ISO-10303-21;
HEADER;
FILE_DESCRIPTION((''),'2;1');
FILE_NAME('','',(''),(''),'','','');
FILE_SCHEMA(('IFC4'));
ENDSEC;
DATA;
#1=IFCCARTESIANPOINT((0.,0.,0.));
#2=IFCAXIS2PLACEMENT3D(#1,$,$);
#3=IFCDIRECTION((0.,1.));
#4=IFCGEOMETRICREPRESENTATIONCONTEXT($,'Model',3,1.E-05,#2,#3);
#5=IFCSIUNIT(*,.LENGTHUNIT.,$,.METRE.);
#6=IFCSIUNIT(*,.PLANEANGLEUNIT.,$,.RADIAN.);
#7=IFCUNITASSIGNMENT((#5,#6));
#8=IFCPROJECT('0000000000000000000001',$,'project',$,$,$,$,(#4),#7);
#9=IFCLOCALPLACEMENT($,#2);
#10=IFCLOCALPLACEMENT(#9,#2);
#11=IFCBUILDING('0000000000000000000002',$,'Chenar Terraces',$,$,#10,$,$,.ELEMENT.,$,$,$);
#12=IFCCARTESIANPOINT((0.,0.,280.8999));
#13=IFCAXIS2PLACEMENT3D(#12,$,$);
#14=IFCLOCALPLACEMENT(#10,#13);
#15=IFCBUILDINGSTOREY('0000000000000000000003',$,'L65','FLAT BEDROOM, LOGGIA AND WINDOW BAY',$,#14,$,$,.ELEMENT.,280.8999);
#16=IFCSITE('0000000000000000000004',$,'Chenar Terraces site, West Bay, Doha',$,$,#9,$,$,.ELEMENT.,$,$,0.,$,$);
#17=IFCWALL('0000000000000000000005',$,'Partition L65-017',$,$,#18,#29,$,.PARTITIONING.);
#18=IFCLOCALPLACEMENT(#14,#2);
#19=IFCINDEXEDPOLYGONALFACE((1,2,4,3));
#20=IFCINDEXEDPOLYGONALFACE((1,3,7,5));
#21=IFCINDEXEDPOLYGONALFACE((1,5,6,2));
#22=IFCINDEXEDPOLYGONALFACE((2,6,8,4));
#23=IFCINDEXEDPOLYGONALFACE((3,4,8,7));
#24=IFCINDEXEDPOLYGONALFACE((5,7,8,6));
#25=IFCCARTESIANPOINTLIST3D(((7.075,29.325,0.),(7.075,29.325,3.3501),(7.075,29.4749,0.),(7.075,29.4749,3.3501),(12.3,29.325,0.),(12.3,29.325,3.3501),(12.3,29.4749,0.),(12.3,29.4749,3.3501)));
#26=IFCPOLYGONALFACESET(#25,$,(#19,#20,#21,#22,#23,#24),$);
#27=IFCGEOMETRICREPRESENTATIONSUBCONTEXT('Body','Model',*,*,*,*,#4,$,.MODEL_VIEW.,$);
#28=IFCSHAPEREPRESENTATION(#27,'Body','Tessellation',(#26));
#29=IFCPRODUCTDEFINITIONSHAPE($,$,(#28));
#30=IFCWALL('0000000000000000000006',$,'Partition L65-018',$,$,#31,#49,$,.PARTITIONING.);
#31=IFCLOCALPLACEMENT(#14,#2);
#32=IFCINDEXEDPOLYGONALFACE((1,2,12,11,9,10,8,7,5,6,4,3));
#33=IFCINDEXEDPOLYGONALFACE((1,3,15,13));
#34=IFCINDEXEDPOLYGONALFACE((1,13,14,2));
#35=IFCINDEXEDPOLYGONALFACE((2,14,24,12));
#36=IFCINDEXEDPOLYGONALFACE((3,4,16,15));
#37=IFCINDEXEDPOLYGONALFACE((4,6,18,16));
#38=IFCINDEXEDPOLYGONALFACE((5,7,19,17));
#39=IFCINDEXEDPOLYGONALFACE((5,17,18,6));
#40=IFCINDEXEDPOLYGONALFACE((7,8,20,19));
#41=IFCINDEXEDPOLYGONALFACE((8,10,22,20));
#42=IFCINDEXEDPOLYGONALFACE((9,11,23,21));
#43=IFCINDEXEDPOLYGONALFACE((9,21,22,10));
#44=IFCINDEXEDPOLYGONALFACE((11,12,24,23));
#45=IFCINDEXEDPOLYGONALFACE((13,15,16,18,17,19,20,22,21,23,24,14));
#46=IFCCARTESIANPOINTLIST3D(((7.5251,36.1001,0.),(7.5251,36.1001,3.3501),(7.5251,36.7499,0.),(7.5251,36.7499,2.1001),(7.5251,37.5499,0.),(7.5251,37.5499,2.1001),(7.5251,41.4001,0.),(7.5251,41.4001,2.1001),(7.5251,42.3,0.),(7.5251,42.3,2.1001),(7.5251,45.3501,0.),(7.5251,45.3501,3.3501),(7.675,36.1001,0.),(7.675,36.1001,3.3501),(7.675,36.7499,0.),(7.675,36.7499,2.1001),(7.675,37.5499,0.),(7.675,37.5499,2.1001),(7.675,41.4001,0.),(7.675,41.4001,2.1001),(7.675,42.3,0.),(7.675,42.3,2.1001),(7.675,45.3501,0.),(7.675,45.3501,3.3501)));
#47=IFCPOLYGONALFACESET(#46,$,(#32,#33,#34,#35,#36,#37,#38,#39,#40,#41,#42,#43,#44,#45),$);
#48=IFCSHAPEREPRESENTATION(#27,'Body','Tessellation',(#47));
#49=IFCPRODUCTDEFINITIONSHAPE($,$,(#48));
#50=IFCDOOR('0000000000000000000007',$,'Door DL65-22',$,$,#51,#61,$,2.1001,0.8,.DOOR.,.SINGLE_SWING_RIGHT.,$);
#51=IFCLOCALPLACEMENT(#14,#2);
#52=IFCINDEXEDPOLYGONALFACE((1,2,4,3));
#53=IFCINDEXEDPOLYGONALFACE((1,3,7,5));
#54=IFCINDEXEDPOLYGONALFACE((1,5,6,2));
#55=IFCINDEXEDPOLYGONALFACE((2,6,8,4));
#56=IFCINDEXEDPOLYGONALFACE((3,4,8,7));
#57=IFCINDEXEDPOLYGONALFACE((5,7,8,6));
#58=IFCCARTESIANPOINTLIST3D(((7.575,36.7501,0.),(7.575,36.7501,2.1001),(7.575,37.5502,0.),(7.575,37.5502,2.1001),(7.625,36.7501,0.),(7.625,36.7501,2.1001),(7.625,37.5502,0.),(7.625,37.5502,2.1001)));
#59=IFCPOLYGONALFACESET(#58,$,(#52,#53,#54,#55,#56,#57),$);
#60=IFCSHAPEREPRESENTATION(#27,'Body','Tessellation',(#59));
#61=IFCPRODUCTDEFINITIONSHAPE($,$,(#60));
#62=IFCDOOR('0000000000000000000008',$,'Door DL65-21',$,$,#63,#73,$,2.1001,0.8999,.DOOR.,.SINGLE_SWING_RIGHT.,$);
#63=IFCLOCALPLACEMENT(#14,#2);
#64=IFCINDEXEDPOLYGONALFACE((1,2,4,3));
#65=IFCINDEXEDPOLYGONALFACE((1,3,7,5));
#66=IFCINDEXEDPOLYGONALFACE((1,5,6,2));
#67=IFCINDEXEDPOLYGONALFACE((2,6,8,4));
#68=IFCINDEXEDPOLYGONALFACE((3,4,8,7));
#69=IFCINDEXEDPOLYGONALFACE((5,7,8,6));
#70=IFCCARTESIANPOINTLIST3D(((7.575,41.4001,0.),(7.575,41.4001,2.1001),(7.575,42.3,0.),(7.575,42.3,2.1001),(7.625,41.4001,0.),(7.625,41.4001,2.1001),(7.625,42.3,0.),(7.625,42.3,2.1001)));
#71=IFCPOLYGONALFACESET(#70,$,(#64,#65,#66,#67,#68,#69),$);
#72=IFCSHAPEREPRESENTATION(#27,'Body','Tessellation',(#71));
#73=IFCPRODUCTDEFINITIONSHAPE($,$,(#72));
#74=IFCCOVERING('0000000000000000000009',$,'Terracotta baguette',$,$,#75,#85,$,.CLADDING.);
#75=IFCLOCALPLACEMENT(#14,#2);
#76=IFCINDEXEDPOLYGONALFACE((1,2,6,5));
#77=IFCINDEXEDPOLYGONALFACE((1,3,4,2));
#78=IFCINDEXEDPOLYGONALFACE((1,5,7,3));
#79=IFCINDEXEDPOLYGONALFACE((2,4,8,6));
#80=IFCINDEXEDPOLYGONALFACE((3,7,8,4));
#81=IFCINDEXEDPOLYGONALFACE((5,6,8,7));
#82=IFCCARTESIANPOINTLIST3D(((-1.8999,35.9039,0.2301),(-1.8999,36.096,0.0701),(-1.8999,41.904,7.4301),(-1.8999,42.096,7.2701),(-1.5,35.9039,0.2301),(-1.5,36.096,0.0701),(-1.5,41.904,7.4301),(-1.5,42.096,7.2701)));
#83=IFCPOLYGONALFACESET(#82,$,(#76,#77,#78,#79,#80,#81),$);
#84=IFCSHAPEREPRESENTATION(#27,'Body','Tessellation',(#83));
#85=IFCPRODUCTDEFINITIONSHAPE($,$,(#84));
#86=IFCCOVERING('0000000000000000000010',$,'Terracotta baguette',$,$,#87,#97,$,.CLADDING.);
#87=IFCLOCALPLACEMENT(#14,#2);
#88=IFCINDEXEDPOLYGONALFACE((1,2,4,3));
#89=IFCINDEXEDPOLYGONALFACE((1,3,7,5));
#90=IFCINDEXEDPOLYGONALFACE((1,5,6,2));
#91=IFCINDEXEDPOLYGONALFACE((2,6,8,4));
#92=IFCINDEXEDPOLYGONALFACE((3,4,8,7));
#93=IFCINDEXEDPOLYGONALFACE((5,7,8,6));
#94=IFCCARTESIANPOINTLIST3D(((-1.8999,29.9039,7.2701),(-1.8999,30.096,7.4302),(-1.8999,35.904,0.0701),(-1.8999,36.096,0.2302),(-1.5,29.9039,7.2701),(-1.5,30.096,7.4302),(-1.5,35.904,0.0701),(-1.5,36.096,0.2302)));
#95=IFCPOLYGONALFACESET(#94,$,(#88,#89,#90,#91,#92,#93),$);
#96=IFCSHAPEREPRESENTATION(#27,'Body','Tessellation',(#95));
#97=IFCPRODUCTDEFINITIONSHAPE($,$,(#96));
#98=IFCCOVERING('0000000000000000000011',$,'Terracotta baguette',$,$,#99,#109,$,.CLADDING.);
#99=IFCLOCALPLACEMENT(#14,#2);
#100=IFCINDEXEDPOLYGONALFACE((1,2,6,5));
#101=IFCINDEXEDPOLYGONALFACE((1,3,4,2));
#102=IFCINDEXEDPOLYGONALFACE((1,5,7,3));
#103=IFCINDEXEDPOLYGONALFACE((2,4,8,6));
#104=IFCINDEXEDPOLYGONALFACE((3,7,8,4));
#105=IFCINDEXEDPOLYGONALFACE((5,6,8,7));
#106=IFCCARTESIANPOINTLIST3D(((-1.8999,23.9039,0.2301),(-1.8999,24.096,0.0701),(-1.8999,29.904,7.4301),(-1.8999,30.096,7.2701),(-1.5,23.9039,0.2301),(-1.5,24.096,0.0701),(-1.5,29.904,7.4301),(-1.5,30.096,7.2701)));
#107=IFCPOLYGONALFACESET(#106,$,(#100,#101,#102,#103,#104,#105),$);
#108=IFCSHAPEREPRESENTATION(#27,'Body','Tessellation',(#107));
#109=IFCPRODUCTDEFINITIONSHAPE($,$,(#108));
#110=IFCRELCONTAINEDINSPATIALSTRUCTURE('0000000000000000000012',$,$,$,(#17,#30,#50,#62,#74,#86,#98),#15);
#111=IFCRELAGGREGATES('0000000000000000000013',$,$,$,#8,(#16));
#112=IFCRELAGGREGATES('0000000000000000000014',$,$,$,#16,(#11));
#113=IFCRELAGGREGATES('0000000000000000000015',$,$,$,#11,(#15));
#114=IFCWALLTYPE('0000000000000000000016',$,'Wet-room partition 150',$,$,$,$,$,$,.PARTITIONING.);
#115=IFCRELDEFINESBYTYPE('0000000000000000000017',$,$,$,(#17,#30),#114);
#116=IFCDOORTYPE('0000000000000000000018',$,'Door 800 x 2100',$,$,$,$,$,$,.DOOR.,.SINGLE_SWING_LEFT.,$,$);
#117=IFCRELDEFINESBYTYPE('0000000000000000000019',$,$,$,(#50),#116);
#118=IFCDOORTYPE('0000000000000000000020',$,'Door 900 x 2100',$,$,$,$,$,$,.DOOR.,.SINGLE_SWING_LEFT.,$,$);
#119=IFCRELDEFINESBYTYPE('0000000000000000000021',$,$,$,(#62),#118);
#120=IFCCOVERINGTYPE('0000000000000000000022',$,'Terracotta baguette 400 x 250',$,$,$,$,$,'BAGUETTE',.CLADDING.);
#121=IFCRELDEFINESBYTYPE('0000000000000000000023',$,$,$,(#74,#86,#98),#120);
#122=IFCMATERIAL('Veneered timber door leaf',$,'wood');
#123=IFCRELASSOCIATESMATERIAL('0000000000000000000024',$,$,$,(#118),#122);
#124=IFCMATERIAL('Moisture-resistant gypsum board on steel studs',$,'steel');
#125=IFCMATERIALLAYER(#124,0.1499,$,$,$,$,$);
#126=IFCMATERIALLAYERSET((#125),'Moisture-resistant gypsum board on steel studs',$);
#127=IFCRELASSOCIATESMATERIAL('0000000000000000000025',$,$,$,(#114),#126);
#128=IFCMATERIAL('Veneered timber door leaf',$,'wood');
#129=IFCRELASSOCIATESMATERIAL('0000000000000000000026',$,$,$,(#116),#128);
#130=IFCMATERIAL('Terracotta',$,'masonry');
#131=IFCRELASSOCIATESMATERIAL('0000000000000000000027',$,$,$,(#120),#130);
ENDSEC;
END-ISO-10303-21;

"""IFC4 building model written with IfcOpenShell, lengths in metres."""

from ifc_helpers import new_model, si_unit, direction, frame, frame_2d, origin, origin_2d, place, context, subcontext, project, spatial, rectangle, extrude, material, layer, layer_set, material_profile, profile_set, type_object, element, fill, save


model = new_model("IFC4")

# Units and contexts
model_context = context("Model", 3, precision=1e-05, world=origin(), true_north=direction((0.0, 1.0)))
body_context = subcontext(model_context, "Body", "Model", "MODEL_VIEW")
ifc_project = project(units=[si_unit("LENGTHUNIT", "METRE"), si_unit("PLANEANGLEUNIT", "RADIAN")], contexts=[model_context])

# Site, building, storey
site_placement = place(None, origin())
site = spatial("IfcSite", under=ifc_project, at=site_placement, Name="Chenar Terraces site, West Bay, Doha", CompositionType="ELEMENT", RefElevation=0.0)
building_placement = place(site_placement, origin())
building = spatial("IfcBuilding", under=site, at=building_placement, Name="Chenar Terraces", CompositionType="ELEMENT")
storey_placement = place(building_placement, frame((0.0, 0.0, 280.8999)))
storey = spatial("IfcBuildingStorey", under=building, at=storey_placement, Name="L65", Description="FLAT BEDROOM, LOGGIA AND WINDOW BAY", CompositionType="ELEMENT", Elevation=280.8999)

# Shared definitions
ifc_material_1 = material(Name="Veneered timber door leaf", Category="wood")
door_type_1 = type_object("IfcDoorType", Name="Door 900 x 2100", OperationType="SINGLE_SWING_LEFT", PredefinedType="DOOR", material=ifc_material_1)

# Shared definitions
ifc_material_2 = material(Name="Moisture-resistant gypsum board on steel studs", Category="steel")
ifc_layer_1 = layer(ifc_material_2, 0.1499)
ifc_layer_set_1 = layer_set([ifc_layer_1], Name="Moisture-resistant gypsum board on steel studs")
wall_type_1 = type_object("IfcWallType", Name="Wet-room partition 150", PredefinedType="PARTITIONING", material=ifc_layer_set_1)
ifc_material_3 = material(Name="Veneered timber door leaf", Category="wood")
door_type_2 = type_object("IfcDoorType", Name="Door 800 x 2100", OperationType="SINGLE_SWING_LEFT", PredefinedType="DOOR", material=ifc_material_3)

# Wall
wall_1_placement = place(storey_placement, frame((7.075, 29.3999, 0.0), z_axis=(0.0, 0.0, 1.0), x_axis=(1.0, 0.0, 0.0)))
element("IfcWall", 1, at=wall_1_placement, inside=storey, type_object=wall_type_1, Name="Partition L65-017", PredefinedType="PARTITIONING", context=body_context, shape_type="SweptSolid", body=[
    extrude(rectangle(XDim=5.2251, YDim=0.1499, at=frame_2d((2.6125, 0.0))), origin(), (0.0, 0.0, 1.0), 3.3501),
])

# Wall, openings, doors
wall_2_placement = place(storey_placement, frame((7.6001, 36.1001, 0.0), z_axis=(0.0, 0.0, 1.0), x_axis=(0.0, 1.0, 0.0)))
wall_2 = element("IfcWall", 2, at=wall_2_placement, inside=storey, type_object=wall_type_1, Name="Partition L65-018", PredefinedType="PARTITIONING", context=body_context, shape_type="SweptSolid", body=[
    extrude(rectangle(XDim=9.25, YDim=0.1499, at=frame_2d((4.625, 0.0))), origin(), (0.0, 0.0, 1.0), 3.3501),
])
opening_1_placement = place(wall_2_placement, frame((5.3, 0.0, 0.0)))
opening_1 = element("IfcOpeningElement", 3, at=opening_1_placement, cuts=wall_2, PredefinedType="OPENING", context=body_context, shape_type="SweptSolid", body=[
    extrude(rectangle(XDim=0.8999, YDim=2.1001, at=frame_2d((0.45, 1.05))), frame((0.0, 0.085, 0.0), z_axis=(0.0, -1.0, 0.0), x_axis=(1.0, 0.0, 0.0)), (0.0, 0.0, 1.0), 0.1699),
])
opening_2_placement = place(wall_2_placement, frame((0.6499, 0.0, 0.0)))
opening_2 = element("IfcOpeningElement", 4, at=opening_2_placement, cuts=wall_2, PredefinedType="OPENING", context=body_context, shape_type="SweptSolid", body=[
    extrude(rectangle(XDim=0.8, YDim=2.1001, at=frame_2d((0.3999, 1.05))), frame((0.0, 0.085, 0.0), z_axis=(0.0, -1.0, 0.0), x_axis=(1.0, 0.0, 0.0)), (0.0, 0.0, 1.0), 0.1699),
])
door_1_placement = place(opening_2_placement, frame((0.8, 0.0, 0.0), z_axis=(0.0, 0.0, 1.0), x_axis=(-1.0, 0.0, 0.0)))
door_1 = element("IfcDoor", 5, at=door_1_placement, inside=storey, type_object=door_type_2, Name="Door DL65-22", OperationType="SINGLE_SWING_RIGHT", OverallHeight=2.1001, OverallWidth=0.8, PredefinedType="DOOR", context=body_context, shape_type="SweptSolid", body=[
    extrude(rectangle(XDim=0.8, YDim=2.1001, at=frame_2d((0.3999, 1.05))), frame((0.0, 0.0249, 0.0), z_axis=(0.0, -1.0, 0.0), x_axis=(1.0, 0.0, 0.0)), (0.0, 0.0, 1.0), 0.05),
])
fill(opening_2, door_1)
door_2_placement = place(opening_1_placement, frame((0.8999, 0.0, 0.0), z_axis=(0.0, 0.0, 1.0), x_axis=(-1.0, 0.0, 0.0)))
door_2 = element("IfcDoor", 6, at=door_2_placement, inside=storey, type_object=door_type_1, Name="Door DL65-21", OperationType="SINGLE_SWING_RIGHT", OverallHeight=2.1001, OverallWidth=0.8999, PredefinedType="DOOR", context=body_context, shape_type="SweptSolid", body=[
    extrude(rectangle(XDim=0.8999, YDim=2.1001, at=frame_2d((0.45, 1.05))), frame((0.0, 0.0249, 0.0), z_axis=(0.0, -1.0, 0.0), x_axis=(1.0, 0.0, 0.0)), (0.0, 0.0, 1.0), 0.05),
])
fill(opening_1, door_2)

# Coverings
ifc_material_4 = material(Name="Terracotta", Category="masonry")
ifc_material_profile_1 = material_profile(ifc_material_4, rectangle(XDim=0.3999, YDim=0.25, at=origin_2d()), Name="Terracotta baguette 400 x 250")
ifc_profile_set_1 = profile_set([ifc_material_profile_1], Name="Terracotta")
covering_type = type_object("IfcCoveringType", Name="Terracotta baguette 400 x 250", ElementType="BAGUETTE", PredefinedType="CLADDING", material=ifc_profile_set_1)
for number, where, z_axis, x_axis, name in (
    (7, (-1.7, 42.0, 7.3501), (0.0, -0.640187, -0.768219), (1.0, 0.0, 0.0), "Terracotta baguette"),
    (8, (-1.7, 36.0, 0.1501), (0.0, -0.640187, 0.768219), (1.0, 0.0, 0.0), "Terracotta baguette"),
    (9, (-1.7, 30.0, 7.3501), (0.0, -0.640187, -0.768219), (1.0, 0.0, 0.0), "Terracotta baguette"),
):
    element("IfcCovering", number, at=place(storey_placement, frame(where, z_axis=z_axis, x_axis=x_axis)), inside=storey, type_object=covering_type, Name=name, PredefinedType="CLADDING", context=body_context, shape_type="SweptSolid", body=[
        extrude(rectangle(XDim=0.3999, YDim=0.25, at=origin_2d()), origin(), (0.0, 0.0, 1.0), 9.3723),
    ])

save(model, "model.ifc")
